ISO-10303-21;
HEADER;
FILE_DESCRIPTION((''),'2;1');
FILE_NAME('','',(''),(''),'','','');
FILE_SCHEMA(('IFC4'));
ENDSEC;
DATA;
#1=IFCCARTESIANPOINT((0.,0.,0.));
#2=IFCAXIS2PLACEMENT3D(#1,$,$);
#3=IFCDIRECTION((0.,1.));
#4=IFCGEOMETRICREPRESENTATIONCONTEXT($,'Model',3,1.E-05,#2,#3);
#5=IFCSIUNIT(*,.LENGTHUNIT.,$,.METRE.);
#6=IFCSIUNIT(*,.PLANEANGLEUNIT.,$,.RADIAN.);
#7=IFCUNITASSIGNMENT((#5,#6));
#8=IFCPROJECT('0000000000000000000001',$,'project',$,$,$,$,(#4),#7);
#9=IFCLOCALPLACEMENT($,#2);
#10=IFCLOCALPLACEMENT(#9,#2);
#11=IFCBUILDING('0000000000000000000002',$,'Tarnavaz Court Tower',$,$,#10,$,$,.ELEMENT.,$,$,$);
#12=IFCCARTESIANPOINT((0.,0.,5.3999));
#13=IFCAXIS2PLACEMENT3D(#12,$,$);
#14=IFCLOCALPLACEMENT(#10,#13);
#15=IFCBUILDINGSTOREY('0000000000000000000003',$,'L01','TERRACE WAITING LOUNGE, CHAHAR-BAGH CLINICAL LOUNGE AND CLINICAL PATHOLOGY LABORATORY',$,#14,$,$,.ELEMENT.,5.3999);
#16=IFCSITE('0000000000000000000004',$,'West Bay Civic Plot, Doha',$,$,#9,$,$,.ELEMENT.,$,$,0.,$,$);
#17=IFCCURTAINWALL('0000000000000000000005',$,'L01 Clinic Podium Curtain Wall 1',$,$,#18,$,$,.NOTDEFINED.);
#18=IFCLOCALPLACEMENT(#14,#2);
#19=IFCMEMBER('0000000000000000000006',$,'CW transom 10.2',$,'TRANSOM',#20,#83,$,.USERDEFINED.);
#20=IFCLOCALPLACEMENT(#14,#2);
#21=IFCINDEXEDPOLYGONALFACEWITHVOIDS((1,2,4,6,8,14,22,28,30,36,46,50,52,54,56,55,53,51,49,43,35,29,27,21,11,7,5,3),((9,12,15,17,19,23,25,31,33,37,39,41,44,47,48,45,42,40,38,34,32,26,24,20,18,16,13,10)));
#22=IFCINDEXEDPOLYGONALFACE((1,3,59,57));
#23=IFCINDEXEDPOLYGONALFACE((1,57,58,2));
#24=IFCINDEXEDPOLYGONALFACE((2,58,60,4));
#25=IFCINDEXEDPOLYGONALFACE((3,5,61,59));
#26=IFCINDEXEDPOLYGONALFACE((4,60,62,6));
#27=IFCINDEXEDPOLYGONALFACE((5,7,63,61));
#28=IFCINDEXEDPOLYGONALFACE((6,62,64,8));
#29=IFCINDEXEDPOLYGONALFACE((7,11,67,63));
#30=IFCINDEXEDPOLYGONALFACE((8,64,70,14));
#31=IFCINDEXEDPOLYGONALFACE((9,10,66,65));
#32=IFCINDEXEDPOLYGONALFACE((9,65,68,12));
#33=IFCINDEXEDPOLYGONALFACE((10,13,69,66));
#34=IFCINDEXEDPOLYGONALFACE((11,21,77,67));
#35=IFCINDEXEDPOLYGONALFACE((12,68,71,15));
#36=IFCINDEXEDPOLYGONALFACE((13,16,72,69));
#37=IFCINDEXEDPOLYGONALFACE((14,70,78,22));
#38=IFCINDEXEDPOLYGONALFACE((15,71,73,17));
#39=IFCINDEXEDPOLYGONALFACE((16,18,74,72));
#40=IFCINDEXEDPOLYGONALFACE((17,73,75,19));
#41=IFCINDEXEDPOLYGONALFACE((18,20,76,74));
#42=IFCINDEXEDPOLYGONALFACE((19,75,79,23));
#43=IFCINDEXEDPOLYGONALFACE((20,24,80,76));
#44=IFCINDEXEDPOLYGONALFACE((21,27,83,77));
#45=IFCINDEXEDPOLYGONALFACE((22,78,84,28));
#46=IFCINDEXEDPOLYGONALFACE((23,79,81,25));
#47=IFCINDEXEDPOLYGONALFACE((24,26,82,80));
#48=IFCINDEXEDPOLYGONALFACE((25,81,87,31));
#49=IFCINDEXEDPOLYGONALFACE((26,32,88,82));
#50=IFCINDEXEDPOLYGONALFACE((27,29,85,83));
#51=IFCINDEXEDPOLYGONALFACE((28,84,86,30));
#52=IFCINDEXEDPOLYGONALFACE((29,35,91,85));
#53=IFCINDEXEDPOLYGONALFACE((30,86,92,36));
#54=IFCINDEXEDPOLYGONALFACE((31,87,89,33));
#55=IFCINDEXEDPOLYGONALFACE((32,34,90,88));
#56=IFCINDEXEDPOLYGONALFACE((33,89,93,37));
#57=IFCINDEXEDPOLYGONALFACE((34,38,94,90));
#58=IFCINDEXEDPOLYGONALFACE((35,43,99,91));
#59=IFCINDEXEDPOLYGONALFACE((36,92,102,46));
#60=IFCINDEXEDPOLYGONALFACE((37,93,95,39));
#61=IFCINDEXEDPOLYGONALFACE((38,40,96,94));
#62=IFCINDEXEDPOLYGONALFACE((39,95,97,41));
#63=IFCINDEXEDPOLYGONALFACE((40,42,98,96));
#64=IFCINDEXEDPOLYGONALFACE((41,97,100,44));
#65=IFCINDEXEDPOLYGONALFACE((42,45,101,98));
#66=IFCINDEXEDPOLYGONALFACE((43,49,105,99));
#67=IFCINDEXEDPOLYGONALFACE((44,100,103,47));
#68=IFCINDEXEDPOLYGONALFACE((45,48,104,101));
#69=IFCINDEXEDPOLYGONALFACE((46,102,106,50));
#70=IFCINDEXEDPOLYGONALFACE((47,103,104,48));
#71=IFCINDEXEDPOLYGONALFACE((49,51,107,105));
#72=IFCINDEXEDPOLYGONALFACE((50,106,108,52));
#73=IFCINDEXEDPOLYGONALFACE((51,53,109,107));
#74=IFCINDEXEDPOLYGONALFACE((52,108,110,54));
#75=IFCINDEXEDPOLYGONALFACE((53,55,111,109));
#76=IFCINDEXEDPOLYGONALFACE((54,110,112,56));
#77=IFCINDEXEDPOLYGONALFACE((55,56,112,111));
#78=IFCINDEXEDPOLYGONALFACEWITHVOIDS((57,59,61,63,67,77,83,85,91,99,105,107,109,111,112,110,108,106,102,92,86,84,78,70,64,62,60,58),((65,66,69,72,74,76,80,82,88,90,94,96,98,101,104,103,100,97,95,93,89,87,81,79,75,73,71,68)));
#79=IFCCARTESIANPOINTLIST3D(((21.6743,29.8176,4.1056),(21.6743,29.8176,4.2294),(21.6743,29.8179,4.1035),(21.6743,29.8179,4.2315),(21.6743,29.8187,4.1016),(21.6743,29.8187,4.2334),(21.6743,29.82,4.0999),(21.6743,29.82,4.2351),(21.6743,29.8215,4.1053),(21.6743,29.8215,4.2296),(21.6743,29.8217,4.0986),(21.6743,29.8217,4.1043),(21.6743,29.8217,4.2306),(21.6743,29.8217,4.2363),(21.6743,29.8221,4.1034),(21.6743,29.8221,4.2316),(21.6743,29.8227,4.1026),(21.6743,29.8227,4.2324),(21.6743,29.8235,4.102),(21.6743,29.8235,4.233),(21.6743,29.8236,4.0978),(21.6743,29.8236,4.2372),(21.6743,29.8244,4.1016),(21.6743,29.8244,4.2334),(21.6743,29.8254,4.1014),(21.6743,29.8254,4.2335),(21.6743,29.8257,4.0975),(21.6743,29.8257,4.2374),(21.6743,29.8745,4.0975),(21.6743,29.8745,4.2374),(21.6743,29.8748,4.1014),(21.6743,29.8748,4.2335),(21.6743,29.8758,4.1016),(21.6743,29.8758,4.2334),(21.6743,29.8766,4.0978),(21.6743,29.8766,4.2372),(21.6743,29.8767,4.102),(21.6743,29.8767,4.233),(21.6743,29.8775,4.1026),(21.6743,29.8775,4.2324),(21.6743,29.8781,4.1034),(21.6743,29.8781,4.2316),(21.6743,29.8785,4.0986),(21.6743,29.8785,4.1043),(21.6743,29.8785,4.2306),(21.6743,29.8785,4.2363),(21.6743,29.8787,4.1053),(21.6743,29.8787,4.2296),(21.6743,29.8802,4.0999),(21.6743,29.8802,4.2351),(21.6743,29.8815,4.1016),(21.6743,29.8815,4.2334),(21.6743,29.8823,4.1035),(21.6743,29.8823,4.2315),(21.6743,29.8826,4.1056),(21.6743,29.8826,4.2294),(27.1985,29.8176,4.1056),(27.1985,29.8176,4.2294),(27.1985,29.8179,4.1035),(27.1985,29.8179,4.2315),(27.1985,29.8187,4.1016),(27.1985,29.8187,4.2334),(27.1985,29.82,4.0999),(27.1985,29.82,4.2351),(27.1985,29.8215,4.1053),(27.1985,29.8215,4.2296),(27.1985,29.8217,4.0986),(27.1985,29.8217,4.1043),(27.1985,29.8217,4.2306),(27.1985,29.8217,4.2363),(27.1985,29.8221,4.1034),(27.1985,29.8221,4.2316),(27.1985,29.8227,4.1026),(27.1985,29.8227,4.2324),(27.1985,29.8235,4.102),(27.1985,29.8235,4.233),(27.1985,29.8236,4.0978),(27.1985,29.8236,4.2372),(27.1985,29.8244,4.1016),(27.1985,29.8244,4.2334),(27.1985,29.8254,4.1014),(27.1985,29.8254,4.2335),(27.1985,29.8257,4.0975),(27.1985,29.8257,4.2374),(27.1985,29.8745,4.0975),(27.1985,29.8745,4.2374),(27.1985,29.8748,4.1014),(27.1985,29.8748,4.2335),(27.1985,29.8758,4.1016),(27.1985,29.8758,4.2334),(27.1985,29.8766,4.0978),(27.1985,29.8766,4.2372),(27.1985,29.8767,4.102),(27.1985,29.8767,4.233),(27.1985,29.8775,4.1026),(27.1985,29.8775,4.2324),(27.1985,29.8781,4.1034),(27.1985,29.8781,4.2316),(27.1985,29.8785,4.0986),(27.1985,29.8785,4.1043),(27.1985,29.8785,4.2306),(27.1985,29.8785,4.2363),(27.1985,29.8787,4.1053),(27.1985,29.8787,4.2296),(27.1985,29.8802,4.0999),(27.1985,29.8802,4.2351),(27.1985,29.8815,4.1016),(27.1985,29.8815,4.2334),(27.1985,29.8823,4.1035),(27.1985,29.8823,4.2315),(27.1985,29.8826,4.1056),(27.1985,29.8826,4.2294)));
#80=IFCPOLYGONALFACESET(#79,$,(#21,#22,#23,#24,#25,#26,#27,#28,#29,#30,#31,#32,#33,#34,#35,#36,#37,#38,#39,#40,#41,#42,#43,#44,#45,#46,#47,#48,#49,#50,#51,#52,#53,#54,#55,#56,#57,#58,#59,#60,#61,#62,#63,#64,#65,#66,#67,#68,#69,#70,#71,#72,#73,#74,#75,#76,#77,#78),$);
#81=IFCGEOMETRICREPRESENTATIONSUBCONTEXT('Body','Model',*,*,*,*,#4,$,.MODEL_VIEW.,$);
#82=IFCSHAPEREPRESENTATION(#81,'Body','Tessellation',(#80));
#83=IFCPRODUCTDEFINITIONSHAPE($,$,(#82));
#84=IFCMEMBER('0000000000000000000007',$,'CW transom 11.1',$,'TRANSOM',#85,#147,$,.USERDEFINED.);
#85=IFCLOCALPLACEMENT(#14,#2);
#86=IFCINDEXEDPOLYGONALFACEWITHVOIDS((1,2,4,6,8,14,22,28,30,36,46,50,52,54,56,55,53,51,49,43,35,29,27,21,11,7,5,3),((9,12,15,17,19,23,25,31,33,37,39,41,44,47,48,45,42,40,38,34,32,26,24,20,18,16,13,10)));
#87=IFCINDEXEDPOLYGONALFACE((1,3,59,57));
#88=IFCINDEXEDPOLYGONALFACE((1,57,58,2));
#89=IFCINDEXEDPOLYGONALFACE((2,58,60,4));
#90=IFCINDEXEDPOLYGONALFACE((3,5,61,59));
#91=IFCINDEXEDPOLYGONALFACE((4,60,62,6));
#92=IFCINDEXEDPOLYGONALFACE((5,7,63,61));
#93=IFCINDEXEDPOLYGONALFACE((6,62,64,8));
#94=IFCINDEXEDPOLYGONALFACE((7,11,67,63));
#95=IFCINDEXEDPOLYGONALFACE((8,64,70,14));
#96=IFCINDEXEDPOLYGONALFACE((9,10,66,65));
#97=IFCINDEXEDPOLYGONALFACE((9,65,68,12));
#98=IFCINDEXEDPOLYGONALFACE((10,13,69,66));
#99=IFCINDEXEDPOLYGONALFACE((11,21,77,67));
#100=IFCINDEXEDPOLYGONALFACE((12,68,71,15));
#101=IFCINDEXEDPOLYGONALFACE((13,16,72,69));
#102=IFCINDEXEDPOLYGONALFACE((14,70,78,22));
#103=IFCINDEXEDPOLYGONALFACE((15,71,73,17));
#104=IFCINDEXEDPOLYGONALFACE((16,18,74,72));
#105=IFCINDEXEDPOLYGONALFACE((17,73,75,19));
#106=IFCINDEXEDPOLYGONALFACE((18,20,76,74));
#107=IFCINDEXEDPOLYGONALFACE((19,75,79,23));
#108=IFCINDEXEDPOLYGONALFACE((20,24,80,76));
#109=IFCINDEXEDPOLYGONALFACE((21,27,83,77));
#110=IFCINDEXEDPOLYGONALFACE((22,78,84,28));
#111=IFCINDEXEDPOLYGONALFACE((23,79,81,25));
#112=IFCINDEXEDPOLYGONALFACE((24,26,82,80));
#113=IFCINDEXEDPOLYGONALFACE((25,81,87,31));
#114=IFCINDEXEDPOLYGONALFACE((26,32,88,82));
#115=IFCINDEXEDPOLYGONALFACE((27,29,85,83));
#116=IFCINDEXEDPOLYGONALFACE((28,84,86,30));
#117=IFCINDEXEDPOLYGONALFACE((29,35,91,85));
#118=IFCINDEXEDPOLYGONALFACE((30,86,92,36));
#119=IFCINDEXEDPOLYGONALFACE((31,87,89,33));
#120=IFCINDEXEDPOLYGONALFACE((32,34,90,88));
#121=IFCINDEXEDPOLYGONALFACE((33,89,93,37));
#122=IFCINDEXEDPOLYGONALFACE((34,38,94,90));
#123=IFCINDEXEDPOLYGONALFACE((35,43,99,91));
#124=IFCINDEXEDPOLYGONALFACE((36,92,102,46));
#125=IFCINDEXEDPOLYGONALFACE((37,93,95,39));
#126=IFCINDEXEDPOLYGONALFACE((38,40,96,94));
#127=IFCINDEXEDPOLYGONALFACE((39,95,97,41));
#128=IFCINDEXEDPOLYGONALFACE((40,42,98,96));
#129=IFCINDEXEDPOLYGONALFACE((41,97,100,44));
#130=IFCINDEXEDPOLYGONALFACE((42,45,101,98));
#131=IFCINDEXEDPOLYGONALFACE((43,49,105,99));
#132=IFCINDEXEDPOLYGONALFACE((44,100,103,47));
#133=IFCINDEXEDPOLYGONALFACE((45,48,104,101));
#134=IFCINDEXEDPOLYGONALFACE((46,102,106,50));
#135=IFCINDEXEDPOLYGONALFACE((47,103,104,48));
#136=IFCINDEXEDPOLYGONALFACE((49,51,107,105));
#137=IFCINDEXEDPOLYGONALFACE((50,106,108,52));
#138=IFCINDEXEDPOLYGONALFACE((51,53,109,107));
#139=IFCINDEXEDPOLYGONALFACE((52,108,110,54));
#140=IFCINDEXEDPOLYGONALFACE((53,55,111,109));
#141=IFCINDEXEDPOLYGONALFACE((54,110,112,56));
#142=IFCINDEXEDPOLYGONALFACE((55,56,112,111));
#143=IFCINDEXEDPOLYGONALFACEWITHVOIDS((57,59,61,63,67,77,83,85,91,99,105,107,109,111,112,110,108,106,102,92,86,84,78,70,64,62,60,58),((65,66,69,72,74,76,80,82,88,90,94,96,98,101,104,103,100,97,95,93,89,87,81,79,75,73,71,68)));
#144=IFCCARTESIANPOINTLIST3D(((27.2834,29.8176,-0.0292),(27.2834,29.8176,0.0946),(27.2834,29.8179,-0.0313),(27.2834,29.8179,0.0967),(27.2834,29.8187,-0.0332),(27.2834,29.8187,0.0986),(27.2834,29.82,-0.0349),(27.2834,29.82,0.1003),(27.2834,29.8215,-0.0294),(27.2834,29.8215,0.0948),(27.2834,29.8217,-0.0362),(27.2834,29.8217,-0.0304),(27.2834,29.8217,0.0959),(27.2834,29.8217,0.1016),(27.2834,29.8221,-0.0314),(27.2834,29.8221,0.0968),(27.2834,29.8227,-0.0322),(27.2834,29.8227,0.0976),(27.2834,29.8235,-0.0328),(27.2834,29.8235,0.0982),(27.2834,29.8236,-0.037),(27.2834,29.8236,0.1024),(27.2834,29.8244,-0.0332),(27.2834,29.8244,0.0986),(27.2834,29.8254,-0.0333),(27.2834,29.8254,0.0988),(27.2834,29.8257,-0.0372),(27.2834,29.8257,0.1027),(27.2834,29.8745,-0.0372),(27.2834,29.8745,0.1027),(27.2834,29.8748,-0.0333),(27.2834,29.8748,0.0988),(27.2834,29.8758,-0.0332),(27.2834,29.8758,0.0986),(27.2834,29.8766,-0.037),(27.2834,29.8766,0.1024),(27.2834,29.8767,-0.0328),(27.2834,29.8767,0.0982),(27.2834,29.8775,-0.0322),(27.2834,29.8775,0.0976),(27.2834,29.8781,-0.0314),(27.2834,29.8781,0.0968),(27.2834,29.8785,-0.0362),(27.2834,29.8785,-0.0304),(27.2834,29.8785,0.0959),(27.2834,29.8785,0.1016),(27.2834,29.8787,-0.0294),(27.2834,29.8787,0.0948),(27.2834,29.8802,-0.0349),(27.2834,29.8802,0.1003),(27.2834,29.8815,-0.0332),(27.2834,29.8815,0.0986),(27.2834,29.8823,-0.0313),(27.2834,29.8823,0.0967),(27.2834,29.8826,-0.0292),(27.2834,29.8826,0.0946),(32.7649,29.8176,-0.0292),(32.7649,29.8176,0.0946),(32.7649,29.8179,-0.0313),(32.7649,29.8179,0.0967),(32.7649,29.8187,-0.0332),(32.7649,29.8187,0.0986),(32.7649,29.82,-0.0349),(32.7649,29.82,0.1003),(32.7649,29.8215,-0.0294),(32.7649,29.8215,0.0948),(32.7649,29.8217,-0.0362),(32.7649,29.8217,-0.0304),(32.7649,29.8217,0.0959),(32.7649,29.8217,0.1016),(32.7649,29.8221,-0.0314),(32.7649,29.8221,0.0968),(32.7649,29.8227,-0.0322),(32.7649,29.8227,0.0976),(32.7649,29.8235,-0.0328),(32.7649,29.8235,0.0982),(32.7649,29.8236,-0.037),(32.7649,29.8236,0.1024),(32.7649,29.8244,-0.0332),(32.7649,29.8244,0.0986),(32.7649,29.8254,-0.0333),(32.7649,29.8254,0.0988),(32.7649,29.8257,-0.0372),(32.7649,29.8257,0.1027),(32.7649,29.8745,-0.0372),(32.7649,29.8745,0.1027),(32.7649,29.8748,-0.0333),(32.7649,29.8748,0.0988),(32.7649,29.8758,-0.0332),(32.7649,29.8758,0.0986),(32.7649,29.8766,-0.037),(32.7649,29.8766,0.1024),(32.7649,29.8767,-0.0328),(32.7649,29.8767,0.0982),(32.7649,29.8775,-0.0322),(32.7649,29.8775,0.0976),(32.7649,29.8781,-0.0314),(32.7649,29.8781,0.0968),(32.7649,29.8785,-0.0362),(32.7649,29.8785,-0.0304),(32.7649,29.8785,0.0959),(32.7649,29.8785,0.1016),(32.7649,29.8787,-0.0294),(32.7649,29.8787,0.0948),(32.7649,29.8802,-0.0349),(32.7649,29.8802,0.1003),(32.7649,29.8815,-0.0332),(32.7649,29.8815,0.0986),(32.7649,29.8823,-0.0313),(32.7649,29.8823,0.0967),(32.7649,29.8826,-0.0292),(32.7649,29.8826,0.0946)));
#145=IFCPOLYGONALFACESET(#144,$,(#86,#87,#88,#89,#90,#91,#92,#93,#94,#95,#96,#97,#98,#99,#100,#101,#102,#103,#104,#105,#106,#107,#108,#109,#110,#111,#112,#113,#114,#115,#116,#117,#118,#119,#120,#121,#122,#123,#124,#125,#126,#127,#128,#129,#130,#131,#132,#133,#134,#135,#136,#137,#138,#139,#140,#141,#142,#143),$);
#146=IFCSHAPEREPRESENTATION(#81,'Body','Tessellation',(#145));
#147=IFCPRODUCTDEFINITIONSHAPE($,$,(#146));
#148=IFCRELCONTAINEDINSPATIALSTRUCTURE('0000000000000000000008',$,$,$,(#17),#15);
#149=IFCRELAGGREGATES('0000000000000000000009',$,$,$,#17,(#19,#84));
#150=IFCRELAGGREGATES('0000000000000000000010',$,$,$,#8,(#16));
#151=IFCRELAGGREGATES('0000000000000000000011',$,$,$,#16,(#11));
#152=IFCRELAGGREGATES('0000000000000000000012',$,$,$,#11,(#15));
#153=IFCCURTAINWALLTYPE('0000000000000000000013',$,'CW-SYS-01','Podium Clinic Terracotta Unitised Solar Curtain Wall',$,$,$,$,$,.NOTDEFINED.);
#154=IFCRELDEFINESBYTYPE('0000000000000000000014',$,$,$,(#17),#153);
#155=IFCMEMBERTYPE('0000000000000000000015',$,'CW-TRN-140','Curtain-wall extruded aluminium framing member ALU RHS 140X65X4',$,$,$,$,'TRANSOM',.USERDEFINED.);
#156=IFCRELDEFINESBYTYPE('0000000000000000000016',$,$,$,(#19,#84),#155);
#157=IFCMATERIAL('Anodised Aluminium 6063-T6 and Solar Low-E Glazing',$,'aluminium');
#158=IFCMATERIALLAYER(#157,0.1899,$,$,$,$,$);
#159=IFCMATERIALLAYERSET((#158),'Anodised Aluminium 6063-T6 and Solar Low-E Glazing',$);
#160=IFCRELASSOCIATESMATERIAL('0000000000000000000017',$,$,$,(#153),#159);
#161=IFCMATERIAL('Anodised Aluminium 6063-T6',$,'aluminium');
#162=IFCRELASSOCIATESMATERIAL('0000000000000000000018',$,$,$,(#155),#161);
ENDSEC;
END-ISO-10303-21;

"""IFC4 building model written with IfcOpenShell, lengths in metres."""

from ifc_helpers import new_model, si_unit, direction, frame, origin, origin_2d, place, context, subcontext, project, spatial, hollow_rectangle, extrude, material, layer, layer_set, material_profile, profile_set, type_object, element, aggregate, save


model = new_model("IFC4")

# Units and contexts
model_context = context("Model", 3, precision=1e-05, world=origin(), true_north=direction((0.0, 1.0)))
body_context = subcontext(model_context, "Body", "Model", "MODEL_VIEW")
ifc_project = project(units=[si_unit("LENGTHUNIT", "METRE"), si_unit("PLANEANGLEUNIT", "RADIAN")], contexts=[model_context])

# Site, building, storey
site_placement = place(None, origin())
site = spatial("IfcSite", under=ifc_project, at=site_placement, Name="West Bay Civic Plot, Doha", CompositionType="ELEMENT", RefElevation=0.0)
building_placement = place(site_placement, origin())
building = spatial("IfcBuilding", under=site, at=building_placement, Name="Tarnavaz Court Tower", CompositionType="ELEMENT")
storey_placement = place(building_placement, frame((0.0, 0.0, 5.3999)))
storey = spatial("IfcBuildingStorey", under=building, at=storey_placement, Name="L01", Description="TERRACE WAITING LOUNGE, CHAHAR-BAGH CLINICAL LOUNGE AND CLINICAL PATHOLOGY LABORATORY", CompositionType="ELEMENT", Elevation=5.3999)

# Curtain wall, members
ifc_material_1 = material(Name="Anodised Aluminium 6063-T6 and Solar Low-E Glazing", Category="aluminium")
ifc_layer_1 = layer(ifc_material_1, 0.1899)
ifc_layer_set_1 = layer_set([ifc_layer_1], Name="Anodised Aluminium 6063-T6 and Solar Low-E Glazing")
curtain_wall_type = type_object("IfcCurtainWallType", Name="CW-SYS-01", Description="Podium Clinic Terracotta Unitised Solar Curtain Wall", PredefinedType="NOTDEFINED", material=ifc_layer_set_1)
curtain_wall_placement = place(storey_placement, origin())
curtain_wall = element("IfcCurtainWall", 1, at=curtain_wall_placement, inside=storey, type_object=curtain_wall_type, Name="L01 Clinic Podium Curtain Wall 1", PredefinedType="NOTDEFINED")
ifc_material_2 = material(Name="Anodised Aluminium 6063-T6", Category="aluminium")
ifc_material_profile_1 = material_profile(ifc_material_2, hollow_rectangle(XDim=0.0649, YDim=0.1399, WallThickness=0.0039, InnerFilletRadius=0.0039, OuterFilletRadius=0.0081, at=origin_2d()), Name="ALU RHS 140X65X4")
ifc_profile_set_1 = profile_set([ifc_material_profile_1], Name="Anodised Aluminium 6063-T6")
member_type_1 = type_object("IfcMemberType", Name="CW-TRN-140", Description="Curtain-wall extruded aluminium framing member ALU RHS 140X65X4", ElementType="TRANSOM", PredefinedType="USERDEFINED", material=ifc_profile_set_1)
member_1_placement = place(storey_placement, frame((21.6743, 29.8501, 4.1675), z_axis=(1.0, 0.0, 0.0), x_axis=(0.0, 1.0, 0.0)))
member_1 = element("IfcMember", 2, at=member_1_placement, type_object=member_type_1, Name="CW transom 10.2", ObjectType="TRANSOM", PredefinedType="USERDEFINED", context=body_context, shape_type="SweptSolid", body=[
    extrude(hollow_rectangle(XDim=0.0649, YDim=0.1399, WallThickness=0.0039, InnerFilletRadius=0.0039, OuterFilletRadius=0.0081, at=origin_2d()), origin(), (0.0, 0.0, 1.0), 5.5242),
])
member_2_placement = place(storey_placement, frame((27.2834, 29.8501, 0.0327), z_axis=(1.0, 0.0, 0.0), x_axis=(0.0, 1.0, 0.0)))
member_2 = element("IfcMember", 3, at=member_2_placement, type_object=member_type_1, Name="CW transom 11.1", ObjectType="TRANSOM", PredefinedType="USERDEFINED", context=body_context, shape_type="SweptSolid", body=[
    extrude(hollow_rectangle(XDim=0.0649, YDim=0.1399, WallThickness=0.0039, InnerFilletRadius=0.0039, OuterFilletRadius=0.0081, at=origin_2d()), origin(), (0.0, 0.0, 1.0), 5.4814),
])
aggregate(curtain_wall, [member_1, member_2])

save(model, "model.ifc")
